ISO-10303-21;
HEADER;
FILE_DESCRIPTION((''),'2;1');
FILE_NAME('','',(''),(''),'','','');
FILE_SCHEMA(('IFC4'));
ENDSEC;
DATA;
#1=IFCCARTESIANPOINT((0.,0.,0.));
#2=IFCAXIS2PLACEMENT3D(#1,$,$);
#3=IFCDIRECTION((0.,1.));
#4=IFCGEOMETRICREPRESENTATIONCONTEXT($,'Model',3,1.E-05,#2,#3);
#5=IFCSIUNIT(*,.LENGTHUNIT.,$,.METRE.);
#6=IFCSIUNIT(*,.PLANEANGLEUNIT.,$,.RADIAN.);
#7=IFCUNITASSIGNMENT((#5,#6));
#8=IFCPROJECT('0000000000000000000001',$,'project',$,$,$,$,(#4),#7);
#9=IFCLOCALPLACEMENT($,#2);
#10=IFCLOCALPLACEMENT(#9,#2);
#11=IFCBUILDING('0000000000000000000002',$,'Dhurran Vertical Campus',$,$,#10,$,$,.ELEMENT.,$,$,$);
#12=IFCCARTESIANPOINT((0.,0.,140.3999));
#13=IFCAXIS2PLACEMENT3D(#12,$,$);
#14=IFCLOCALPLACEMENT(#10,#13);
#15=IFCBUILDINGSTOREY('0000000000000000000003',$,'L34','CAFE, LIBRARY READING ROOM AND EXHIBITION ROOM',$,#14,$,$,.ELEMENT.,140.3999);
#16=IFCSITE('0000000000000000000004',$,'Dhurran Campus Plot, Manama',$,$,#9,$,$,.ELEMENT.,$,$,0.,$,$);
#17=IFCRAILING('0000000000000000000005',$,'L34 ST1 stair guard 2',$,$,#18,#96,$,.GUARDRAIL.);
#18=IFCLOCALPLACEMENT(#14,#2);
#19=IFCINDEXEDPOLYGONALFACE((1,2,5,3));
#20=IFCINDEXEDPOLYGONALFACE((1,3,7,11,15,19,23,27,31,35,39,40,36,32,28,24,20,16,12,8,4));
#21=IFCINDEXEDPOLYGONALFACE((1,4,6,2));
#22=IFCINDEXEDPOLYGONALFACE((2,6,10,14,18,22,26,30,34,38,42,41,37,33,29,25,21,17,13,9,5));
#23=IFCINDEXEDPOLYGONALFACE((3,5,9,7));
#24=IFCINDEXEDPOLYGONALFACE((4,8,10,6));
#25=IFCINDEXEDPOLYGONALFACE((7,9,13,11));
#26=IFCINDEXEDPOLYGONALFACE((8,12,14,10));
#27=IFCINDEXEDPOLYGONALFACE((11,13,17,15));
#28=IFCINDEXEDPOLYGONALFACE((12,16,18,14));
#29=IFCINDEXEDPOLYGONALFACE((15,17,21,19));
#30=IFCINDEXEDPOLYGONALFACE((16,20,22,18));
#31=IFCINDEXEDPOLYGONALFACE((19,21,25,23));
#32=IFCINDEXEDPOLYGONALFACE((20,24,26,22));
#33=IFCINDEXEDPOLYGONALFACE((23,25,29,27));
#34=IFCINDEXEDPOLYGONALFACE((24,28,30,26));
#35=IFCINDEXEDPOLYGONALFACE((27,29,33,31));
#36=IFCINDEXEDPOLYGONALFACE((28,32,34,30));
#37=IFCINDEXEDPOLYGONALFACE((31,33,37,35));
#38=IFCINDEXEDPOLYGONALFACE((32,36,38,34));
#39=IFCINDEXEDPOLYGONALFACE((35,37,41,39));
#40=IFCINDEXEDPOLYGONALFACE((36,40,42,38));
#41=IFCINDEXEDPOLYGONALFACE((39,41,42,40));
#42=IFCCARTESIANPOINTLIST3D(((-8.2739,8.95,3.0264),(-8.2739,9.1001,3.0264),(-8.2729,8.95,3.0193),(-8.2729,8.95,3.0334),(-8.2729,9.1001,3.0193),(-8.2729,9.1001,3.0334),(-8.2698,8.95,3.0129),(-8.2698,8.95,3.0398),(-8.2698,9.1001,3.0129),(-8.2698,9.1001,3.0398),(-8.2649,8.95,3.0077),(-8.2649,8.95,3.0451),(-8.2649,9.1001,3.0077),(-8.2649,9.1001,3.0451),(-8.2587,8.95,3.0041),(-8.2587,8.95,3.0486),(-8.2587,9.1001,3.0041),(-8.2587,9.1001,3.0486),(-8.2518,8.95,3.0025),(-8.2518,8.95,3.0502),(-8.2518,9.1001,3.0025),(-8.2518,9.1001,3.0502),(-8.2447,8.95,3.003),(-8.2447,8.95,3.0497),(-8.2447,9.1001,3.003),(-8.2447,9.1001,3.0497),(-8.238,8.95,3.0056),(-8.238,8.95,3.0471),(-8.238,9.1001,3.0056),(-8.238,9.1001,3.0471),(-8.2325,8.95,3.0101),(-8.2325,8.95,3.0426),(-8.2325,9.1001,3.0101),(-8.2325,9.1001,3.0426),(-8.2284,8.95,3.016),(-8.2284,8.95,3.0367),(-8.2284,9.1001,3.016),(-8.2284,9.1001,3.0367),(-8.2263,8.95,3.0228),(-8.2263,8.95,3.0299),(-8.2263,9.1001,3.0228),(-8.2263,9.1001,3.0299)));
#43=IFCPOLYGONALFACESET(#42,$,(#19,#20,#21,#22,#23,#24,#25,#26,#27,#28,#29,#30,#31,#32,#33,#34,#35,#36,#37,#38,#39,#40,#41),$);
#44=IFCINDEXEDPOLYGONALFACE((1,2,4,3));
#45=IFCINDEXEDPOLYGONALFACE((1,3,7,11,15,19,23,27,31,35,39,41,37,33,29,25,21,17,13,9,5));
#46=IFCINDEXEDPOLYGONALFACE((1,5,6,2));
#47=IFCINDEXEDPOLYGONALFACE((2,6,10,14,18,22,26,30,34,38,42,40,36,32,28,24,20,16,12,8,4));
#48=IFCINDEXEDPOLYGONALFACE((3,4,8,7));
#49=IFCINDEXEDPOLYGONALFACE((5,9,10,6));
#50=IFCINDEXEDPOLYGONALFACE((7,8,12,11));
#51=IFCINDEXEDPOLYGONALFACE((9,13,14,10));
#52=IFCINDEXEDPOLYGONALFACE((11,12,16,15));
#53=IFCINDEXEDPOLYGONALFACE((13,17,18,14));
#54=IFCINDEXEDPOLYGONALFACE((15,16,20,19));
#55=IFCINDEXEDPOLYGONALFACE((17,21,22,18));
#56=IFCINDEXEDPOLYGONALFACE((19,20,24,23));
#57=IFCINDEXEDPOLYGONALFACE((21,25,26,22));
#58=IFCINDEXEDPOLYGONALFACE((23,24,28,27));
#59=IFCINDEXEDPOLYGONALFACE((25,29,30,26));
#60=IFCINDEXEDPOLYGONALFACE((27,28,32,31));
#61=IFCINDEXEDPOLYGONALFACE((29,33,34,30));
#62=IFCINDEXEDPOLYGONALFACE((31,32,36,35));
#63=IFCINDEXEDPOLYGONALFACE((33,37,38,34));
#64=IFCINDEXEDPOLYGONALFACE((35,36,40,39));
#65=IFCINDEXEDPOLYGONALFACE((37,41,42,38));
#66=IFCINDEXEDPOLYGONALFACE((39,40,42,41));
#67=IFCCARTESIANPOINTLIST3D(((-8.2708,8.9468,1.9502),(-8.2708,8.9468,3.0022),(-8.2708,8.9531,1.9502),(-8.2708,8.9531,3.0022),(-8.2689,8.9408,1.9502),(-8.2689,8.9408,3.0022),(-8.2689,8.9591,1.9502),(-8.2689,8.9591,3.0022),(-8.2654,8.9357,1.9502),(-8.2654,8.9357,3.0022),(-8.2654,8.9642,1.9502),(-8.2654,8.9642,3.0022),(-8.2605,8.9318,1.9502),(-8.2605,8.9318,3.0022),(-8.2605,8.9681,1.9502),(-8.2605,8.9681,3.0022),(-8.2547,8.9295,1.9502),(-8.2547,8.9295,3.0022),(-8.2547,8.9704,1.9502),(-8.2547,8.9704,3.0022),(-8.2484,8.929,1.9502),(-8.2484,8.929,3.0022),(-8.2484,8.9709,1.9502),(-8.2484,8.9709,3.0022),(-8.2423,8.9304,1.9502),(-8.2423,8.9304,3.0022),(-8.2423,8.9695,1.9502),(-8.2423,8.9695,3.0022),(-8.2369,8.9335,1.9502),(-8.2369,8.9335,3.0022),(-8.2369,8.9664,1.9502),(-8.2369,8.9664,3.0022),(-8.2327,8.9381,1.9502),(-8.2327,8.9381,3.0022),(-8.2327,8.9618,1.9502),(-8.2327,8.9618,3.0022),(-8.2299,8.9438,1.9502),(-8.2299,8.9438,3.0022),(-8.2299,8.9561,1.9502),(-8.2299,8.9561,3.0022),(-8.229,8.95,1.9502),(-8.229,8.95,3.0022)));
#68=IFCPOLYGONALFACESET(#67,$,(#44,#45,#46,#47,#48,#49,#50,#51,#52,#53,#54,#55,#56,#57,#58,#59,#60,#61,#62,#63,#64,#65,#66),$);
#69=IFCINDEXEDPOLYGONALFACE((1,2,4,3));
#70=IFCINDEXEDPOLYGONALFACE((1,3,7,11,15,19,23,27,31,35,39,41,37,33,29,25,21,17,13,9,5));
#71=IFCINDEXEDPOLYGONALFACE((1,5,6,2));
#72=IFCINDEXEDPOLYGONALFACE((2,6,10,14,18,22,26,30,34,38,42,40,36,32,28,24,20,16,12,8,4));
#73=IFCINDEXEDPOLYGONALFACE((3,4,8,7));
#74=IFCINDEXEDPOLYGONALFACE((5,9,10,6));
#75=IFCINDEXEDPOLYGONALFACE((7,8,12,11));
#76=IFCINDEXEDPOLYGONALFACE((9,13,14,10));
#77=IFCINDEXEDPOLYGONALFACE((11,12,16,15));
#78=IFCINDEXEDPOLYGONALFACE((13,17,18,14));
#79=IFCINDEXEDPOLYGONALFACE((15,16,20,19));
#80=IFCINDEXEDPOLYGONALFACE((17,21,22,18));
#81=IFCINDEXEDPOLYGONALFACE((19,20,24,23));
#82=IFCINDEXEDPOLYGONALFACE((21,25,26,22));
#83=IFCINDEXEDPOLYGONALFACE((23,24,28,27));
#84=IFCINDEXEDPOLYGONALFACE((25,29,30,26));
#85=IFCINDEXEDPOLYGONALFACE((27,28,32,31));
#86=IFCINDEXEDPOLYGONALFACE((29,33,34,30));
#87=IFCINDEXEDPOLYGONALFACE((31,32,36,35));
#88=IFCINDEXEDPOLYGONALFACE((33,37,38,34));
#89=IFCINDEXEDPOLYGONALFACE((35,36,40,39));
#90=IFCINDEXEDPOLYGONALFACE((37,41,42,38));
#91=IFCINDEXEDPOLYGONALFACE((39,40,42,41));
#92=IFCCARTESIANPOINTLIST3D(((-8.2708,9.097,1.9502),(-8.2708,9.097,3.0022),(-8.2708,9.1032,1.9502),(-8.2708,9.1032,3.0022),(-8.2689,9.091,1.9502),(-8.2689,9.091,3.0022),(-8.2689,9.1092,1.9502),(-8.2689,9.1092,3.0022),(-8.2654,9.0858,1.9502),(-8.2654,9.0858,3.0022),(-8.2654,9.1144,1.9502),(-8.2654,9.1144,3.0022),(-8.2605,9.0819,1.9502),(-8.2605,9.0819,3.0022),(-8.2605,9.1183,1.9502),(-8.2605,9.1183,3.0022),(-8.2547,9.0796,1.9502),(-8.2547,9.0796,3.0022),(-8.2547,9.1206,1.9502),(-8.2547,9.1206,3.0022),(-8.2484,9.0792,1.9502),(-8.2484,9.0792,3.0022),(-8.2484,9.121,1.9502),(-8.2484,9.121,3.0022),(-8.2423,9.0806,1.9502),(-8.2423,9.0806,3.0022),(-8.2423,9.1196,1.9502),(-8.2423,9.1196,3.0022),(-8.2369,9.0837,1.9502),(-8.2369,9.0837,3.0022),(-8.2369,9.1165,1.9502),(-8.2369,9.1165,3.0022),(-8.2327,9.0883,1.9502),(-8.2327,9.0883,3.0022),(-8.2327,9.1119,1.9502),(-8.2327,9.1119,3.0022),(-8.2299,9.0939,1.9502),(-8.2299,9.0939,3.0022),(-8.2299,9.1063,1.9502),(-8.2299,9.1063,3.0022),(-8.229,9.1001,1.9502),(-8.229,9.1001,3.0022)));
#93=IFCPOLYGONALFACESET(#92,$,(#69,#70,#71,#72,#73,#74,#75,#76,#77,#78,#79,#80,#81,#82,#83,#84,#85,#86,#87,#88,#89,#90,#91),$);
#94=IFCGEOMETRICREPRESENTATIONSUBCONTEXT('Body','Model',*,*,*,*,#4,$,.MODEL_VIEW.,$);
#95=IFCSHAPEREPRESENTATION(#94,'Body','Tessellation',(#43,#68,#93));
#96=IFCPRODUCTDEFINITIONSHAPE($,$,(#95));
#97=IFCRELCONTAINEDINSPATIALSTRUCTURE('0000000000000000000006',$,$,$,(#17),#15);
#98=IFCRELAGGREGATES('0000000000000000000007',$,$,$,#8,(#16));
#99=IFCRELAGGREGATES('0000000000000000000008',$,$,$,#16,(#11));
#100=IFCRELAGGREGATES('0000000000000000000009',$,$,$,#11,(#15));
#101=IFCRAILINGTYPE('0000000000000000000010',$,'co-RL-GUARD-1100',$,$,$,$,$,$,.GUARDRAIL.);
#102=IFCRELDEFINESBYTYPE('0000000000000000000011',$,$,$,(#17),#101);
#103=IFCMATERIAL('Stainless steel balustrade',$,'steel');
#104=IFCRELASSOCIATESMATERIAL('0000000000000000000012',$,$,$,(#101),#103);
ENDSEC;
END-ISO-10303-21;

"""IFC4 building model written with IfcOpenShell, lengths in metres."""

from ifc_helpers import new_model, si_unit, direction, frame, origin, origin_2d, place, context, subcontext, project, spatial, circle, extrude, material, type_object, element, save


model = new_model("IFC4")

# Units and contexts
model_context = context("Model", 3, precision=1e-05, world=origin(), true_north=direction((0.0, 1.0)))
body_context = subcontext(model_context, "Body", "Model", "MODEL_VIEW")
ifc_project = project(units=[si_unit("LENGTHUNIT", "METRE"), si_unit("PLANEANGLEUNIT", "RADIAN")], contexts=[model_context])

# Site, building, storey
site_placement = place(None, origin())
site = spatial("IfcSite", under=ifc_project, at=site_placement, Name="Dhurran Campus Plot, Manama", CompositionType="ELEMENT", RefElevation=0.0)
building_placement = place(site_placement, origin())
building = spatial("IfcBuilding", under=site, at=building_placement, Name="Dhurran Vertical Campus", CompositionType="ELEMENT")
storey_placement = place(building_placement, frame((0.0, 0.0, 140.3999)))
storey = spatial("IfcBuildingStorey", under=building, at=storey_placement, Name="L34", Description="CAFE, LIBRARY READING ROOM AND EXHIBITION ROOM", CompositionType="ELEMENT", Elevation=140.3999)

# Railing
ifc_material_1 = material(Name="Stainless steel balustrade", Category="steel")
railing_type_1 = type_object("IfcRailingType", Name="co-RL-GUARD-1100", PredefinedType="GUARDRAIL", material=ifc_material_1)
railing_1_placement = place(storey_placement, frame((-8.25, 8.95, 1.9502)))
element("IfcRailing", 1, at=railing_1_placement, inside=storey, type_object=railing_type_1, Name="L34 ST1 stair guard 2", PredefinedType="GUARDRAIL", context=body_context, shape_type="SweptSolid", body=[
    extrude(circle(Radius=0.0239, at=origin_2d()), frame((0.0, 0.0, 1.0762), z_axis=(0.0, 1.0, 0.0), x_axis=(-1.0, 0.0, 0.0)), (0.0, 0.0, 1.0), 0.1501),
    extrude(circle(Radius=0.021, at=origin_2d()), origin(), (0.0, 0.0, 1.0), 1.052),
    extrude(circle(Radius=0.021, at=origin_2d()), frame((0.0, 0.1501, 0.0)), (0.0, 0.0, 1.0), 1.052),
])

save(model, "model.ifc")
